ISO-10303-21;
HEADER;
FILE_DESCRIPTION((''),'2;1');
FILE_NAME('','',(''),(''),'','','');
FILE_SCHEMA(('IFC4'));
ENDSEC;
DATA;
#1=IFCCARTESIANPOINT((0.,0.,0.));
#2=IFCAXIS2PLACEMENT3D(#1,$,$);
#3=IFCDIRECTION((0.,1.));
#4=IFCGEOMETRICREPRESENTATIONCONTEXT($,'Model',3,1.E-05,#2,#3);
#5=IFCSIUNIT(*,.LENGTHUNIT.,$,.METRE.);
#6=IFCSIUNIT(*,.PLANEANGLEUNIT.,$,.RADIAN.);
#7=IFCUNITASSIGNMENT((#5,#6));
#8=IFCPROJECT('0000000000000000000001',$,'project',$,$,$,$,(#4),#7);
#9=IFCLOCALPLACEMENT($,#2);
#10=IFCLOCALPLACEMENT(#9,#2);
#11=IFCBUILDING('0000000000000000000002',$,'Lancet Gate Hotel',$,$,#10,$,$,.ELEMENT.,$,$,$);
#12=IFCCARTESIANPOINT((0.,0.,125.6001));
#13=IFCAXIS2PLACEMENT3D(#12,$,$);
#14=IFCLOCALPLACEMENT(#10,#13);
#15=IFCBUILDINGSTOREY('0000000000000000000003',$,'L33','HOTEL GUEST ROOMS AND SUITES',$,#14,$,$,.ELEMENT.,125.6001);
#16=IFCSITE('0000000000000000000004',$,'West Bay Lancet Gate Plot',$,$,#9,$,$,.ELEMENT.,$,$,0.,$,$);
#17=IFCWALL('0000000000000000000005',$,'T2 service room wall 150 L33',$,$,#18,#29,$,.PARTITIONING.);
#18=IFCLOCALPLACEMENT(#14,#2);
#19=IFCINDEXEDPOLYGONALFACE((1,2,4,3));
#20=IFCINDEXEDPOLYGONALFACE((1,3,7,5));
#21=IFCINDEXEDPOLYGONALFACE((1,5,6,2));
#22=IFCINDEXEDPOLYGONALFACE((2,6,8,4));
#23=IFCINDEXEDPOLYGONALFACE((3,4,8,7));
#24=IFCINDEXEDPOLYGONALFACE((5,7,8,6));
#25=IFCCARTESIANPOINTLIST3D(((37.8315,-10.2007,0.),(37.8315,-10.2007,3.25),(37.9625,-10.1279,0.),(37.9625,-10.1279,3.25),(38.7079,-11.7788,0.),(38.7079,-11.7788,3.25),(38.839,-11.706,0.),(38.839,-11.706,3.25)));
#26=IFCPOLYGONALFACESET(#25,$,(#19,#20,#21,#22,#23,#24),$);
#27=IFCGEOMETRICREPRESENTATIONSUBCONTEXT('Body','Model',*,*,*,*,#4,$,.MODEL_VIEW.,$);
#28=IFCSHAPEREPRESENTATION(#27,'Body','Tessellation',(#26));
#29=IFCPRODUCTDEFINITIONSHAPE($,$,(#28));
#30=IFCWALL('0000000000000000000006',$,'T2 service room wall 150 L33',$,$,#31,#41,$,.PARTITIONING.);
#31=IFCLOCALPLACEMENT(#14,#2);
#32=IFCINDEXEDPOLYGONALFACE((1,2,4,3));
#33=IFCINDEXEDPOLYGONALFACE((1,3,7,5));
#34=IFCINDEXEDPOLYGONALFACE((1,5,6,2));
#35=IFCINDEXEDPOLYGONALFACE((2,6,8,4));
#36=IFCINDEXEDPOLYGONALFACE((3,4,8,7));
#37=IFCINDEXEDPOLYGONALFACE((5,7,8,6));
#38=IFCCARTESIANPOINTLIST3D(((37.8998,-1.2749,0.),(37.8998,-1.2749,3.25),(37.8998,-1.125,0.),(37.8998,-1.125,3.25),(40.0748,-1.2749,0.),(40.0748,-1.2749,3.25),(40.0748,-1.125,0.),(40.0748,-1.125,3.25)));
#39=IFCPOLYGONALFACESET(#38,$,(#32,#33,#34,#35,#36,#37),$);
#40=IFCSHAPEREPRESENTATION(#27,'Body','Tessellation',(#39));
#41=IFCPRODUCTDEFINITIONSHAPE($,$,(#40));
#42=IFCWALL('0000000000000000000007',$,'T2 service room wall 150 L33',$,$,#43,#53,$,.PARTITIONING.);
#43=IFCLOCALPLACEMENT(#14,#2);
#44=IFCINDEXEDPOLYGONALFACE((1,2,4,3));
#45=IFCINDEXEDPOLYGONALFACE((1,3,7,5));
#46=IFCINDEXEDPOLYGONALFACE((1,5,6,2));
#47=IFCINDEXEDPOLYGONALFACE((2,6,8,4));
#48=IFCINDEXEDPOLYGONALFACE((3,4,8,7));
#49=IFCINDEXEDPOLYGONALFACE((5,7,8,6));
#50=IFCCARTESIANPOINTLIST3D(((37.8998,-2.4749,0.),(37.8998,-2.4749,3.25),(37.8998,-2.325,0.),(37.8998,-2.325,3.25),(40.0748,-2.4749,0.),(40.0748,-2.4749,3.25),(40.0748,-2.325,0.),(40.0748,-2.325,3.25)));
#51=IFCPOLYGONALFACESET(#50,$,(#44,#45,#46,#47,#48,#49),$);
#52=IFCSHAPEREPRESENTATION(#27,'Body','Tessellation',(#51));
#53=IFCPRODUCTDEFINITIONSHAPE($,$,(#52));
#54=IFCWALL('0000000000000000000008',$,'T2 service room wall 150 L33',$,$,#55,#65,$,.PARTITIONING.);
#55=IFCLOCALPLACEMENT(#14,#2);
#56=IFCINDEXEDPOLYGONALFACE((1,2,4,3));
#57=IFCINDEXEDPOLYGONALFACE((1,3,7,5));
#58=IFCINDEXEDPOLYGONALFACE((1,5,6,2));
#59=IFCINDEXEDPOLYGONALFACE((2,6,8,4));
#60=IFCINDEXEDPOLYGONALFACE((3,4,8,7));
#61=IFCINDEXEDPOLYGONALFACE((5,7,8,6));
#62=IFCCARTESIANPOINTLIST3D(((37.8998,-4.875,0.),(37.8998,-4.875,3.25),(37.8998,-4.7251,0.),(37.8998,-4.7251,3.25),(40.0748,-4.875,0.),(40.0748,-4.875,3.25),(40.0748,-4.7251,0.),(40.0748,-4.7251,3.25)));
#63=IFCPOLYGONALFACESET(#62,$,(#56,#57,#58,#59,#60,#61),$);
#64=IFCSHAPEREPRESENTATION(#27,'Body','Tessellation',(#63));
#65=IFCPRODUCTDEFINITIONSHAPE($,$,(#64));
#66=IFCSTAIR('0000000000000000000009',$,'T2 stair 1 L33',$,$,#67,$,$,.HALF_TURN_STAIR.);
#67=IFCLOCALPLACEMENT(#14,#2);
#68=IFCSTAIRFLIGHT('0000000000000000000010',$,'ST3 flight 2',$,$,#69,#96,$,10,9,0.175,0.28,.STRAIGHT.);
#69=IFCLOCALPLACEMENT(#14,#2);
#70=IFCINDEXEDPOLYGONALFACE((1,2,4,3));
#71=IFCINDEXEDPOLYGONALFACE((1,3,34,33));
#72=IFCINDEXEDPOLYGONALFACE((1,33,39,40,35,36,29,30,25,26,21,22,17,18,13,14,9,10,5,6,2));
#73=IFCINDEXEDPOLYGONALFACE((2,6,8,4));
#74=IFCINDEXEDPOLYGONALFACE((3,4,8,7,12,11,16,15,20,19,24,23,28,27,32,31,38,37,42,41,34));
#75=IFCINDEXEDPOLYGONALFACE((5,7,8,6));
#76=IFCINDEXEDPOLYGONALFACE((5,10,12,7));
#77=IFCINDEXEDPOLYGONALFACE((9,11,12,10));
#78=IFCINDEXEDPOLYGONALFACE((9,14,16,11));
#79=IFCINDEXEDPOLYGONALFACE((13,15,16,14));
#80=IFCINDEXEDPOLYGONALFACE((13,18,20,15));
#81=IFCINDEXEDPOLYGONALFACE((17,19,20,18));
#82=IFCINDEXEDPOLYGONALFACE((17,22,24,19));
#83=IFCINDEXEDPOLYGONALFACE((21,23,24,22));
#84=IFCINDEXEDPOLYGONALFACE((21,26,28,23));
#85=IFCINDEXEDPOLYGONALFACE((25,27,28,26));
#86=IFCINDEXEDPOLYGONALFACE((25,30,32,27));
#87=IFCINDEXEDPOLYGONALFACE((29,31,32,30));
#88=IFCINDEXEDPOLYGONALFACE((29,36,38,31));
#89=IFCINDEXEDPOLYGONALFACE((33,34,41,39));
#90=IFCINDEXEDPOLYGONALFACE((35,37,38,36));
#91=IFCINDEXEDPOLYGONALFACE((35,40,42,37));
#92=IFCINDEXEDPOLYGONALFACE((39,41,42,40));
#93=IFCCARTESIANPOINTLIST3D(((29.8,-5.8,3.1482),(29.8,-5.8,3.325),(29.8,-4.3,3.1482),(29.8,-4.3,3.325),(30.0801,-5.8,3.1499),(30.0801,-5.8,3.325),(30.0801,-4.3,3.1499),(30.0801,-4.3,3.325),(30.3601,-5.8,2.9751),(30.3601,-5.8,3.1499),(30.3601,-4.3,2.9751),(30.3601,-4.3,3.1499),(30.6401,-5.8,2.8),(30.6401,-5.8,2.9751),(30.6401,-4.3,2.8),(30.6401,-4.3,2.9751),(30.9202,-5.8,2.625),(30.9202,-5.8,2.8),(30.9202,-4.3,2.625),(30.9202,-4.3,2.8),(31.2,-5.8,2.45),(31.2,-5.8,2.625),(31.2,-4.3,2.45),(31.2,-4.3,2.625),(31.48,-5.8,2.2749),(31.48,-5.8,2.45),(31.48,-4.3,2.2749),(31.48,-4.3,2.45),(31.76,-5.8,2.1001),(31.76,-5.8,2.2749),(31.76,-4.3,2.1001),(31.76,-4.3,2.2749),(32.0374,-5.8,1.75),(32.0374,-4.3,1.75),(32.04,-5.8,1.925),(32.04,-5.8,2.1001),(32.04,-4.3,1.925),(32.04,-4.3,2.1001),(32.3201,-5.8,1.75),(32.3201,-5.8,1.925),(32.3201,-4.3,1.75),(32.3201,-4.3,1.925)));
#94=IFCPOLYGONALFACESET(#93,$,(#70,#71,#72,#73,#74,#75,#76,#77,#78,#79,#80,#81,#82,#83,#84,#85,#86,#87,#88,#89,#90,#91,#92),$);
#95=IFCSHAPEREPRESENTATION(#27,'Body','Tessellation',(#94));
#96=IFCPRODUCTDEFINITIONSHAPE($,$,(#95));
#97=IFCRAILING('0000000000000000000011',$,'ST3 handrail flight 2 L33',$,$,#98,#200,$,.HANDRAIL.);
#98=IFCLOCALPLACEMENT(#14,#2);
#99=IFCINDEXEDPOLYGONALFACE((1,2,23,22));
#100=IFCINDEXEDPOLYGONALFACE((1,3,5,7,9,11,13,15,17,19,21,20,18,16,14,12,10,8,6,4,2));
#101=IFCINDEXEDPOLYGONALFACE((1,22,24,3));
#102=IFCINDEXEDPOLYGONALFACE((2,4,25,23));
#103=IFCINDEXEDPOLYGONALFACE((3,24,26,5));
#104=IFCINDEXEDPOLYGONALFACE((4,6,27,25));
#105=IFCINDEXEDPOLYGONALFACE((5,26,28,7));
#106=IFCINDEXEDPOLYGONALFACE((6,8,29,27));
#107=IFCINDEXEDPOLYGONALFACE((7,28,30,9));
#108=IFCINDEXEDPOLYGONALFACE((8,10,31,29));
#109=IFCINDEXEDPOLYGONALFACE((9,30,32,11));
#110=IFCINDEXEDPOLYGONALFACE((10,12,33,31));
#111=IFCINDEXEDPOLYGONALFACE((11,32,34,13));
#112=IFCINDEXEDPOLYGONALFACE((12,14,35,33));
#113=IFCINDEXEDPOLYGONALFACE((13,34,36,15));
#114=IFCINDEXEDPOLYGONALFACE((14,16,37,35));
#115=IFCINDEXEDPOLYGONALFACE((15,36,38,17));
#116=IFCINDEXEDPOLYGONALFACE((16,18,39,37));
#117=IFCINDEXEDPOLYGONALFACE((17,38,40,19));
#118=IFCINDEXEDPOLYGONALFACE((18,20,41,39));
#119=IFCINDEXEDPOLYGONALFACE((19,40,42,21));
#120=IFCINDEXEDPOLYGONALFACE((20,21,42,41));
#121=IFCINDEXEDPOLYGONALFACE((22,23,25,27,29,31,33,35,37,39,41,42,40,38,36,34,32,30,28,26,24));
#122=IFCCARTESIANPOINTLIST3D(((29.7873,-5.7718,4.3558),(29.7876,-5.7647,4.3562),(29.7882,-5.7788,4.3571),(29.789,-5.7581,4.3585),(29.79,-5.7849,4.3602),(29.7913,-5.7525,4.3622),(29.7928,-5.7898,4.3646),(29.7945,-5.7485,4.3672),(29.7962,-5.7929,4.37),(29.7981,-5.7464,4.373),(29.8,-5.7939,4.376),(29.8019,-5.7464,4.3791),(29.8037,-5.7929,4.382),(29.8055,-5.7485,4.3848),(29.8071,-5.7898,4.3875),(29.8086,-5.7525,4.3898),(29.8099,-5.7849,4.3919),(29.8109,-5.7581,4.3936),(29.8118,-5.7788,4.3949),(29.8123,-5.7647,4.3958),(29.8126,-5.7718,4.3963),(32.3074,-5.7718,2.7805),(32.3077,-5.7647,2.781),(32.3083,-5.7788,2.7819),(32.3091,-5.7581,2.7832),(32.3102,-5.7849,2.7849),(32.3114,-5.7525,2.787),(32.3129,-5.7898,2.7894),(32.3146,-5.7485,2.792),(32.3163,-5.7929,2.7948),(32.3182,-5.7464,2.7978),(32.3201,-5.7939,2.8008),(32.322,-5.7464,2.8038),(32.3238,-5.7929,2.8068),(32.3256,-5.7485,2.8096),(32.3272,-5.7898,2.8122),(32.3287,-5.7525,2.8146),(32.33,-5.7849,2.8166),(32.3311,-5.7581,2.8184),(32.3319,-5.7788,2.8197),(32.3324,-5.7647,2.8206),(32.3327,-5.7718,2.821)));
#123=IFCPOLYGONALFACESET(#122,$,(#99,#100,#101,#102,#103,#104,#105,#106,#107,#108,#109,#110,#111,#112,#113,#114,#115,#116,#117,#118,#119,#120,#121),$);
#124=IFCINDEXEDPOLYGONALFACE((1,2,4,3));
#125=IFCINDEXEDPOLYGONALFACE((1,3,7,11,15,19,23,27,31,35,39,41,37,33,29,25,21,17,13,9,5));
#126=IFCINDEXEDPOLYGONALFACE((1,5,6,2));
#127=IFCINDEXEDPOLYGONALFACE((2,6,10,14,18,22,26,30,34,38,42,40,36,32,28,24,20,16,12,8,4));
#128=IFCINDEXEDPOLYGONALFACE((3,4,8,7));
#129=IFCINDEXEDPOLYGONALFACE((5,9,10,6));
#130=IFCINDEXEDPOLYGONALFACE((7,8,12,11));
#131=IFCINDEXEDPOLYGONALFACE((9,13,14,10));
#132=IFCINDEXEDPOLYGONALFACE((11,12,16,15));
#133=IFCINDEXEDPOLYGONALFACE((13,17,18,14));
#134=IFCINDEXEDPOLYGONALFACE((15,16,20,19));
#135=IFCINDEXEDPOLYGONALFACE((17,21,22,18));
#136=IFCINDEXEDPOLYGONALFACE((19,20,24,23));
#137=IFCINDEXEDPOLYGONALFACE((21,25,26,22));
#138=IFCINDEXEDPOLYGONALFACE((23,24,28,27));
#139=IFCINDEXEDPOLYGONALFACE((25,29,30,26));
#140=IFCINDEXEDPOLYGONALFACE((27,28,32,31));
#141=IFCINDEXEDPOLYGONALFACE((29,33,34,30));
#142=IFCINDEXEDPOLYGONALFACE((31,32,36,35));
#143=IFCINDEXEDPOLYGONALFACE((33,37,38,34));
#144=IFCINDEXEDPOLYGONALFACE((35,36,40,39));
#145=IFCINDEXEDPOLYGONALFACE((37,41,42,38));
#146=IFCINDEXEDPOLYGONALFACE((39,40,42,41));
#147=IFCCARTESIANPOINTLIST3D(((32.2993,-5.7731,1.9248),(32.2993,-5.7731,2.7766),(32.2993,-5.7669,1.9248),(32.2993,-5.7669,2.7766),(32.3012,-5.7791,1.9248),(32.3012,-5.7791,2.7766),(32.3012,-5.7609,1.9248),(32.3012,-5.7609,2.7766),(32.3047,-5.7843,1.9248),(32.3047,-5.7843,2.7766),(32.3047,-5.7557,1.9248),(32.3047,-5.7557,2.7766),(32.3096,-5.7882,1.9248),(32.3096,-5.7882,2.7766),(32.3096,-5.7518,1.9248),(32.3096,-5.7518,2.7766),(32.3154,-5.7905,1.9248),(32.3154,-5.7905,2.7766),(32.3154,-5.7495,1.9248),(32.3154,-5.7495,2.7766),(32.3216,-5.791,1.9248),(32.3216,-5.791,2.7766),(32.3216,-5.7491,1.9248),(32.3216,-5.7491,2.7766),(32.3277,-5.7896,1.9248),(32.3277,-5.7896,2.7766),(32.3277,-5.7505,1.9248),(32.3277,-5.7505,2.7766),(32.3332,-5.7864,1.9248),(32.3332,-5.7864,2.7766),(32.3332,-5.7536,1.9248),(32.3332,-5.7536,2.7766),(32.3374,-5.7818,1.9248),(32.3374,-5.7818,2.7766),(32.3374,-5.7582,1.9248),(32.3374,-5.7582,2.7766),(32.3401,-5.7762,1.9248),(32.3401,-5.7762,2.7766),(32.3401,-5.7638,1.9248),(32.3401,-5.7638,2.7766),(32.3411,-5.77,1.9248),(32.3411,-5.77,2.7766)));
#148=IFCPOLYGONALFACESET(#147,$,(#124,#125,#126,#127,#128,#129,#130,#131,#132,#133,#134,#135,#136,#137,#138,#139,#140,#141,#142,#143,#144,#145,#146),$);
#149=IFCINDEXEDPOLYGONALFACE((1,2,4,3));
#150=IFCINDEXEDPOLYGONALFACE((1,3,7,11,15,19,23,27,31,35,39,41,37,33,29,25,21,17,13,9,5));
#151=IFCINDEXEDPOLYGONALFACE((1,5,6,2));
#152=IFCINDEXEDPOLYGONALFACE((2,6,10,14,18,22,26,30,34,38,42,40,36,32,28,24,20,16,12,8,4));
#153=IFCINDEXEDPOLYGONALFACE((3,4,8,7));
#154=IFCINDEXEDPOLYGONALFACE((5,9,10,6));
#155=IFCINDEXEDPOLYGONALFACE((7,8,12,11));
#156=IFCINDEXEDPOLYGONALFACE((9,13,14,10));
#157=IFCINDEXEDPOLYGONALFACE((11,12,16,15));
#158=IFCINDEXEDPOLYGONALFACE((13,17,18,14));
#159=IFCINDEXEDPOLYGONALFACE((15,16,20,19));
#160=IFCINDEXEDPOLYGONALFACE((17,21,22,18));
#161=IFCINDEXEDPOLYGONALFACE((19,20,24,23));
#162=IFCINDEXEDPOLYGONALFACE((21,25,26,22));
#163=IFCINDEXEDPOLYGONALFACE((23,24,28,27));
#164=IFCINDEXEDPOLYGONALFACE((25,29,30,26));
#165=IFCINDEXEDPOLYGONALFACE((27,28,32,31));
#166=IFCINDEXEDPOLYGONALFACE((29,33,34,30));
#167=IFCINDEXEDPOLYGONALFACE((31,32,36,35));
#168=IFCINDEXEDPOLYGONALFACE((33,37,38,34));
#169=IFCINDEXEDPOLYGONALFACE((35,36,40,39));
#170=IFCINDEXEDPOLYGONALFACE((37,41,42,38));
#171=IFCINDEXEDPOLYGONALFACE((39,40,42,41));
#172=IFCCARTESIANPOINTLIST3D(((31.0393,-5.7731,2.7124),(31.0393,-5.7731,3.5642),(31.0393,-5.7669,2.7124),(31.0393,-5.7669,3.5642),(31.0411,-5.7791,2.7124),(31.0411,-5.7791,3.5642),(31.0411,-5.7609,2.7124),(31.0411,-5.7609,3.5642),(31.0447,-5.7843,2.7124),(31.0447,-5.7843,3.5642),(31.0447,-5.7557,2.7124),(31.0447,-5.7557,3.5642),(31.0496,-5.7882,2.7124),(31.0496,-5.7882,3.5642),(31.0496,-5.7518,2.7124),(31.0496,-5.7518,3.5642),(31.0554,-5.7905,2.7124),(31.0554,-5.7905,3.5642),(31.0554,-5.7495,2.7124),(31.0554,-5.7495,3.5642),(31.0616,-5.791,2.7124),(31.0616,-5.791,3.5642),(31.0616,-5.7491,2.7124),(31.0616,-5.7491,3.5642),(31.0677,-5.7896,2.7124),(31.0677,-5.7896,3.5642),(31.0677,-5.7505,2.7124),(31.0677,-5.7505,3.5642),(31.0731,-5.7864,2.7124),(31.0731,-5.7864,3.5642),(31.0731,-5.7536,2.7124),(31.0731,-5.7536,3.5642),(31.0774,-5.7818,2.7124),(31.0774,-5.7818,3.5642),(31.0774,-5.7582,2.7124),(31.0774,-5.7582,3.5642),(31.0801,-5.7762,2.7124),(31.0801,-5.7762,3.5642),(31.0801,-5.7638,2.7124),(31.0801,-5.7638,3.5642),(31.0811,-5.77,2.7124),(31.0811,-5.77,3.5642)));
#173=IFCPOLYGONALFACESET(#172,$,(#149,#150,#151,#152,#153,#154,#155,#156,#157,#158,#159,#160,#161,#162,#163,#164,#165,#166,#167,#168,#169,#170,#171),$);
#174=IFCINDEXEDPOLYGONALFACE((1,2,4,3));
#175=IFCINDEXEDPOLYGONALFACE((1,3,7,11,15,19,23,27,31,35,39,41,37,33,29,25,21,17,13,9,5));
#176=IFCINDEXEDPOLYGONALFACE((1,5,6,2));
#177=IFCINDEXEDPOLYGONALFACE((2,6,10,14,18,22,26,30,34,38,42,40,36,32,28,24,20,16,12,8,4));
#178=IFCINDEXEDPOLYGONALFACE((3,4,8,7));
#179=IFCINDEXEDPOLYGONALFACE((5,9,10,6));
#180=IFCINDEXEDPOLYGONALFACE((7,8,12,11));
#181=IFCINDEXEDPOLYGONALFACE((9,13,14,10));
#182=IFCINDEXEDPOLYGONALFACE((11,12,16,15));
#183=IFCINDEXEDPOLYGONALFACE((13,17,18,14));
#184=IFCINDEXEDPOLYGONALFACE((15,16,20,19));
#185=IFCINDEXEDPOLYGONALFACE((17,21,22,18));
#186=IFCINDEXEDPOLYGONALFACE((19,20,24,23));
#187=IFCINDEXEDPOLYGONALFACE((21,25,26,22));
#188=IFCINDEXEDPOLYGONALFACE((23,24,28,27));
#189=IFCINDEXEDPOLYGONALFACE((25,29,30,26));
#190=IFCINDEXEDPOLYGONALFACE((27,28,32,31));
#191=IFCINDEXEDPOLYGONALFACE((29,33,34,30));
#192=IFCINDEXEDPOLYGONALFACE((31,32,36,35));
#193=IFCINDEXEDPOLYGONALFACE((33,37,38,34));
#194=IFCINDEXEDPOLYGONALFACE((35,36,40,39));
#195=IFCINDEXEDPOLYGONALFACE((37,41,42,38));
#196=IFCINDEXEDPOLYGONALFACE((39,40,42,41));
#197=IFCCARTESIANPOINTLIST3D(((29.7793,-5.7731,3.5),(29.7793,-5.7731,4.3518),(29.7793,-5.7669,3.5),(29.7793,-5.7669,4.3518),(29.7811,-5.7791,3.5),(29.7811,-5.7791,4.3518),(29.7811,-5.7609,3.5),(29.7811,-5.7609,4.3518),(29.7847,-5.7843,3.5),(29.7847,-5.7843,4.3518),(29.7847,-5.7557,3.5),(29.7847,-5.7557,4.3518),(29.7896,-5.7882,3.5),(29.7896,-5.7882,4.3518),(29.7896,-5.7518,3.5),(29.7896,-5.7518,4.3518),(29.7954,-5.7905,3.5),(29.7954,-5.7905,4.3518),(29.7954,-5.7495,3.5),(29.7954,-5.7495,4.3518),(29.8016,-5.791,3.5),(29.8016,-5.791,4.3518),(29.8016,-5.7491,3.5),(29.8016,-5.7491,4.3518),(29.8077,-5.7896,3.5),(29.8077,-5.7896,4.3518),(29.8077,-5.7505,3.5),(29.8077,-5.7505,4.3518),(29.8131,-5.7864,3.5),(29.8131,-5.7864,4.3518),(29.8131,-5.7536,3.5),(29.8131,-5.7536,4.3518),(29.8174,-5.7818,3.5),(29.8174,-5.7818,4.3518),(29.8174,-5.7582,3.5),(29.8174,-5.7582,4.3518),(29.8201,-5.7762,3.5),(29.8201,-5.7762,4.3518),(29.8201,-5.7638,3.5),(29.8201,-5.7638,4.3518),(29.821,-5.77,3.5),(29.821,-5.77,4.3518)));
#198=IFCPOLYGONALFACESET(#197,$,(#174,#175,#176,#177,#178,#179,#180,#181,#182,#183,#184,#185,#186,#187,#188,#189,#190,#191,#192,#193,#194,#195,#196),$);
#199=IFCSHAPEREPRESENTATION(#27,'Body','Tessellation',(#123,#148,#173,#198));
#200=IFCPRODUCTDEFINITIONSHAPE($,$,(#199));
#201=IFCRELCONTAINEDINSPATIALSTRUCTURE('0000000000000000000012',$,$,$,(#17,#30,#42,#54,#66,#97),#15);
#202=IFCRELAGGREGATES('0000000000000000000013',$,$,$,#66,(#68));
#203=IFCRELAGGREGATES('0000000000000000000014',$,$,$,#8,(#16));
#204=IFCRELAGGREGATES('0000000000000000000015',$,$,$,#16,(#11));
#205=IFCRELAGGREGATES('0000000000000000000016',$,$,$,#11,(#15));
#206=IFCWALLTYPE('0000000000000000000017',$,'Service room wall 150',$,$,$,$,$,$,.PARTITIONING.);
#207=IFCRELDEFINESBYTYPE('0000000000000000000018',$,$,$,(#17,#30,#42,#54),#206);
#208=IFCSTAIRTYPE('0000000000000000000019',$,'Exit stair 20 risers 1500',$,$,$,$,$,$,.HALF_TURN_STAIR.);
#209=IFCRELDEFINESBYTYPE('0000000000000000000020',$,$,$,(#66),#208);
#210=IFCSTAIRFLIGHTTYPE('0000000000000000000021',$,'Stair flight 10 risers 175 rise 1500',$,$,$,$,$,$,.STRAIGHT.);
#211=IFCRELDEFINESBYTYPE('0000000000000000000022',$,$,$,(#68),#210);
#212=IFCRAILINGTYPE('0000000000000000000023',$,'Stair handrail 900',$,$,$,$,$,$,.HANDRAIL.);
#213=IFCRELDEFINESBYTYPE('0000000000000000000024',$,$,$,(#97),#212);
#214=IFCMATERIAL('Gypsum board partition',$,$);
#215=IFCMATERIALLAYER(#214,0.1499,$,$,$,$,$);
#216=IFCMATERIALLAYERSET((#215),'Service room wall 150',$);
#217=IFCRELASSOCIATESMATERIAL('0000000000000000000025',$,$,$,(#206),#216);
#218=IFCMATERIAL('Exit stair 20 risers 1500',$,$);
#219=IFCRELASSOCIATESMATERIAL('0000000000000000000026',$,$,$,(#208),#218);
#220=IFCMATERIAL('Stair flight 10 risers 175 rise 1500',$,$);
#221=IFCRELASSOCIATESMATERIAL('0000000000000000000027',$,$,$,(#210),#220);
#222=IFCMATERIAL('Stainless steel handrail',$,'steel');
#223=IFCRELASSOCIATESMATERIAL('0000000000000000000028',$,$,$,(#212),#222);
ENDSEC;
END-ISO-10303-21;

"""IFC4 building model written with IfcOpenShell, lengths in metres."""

from ifc_helpers import new_model, si_unit, direction, frame, frame_2d, origin, origin_2d, place, context, subcontext, project, spatial, polyline, rectangle, circle, outline, extrude, material, layer, layer_set, type_object, element, aggregate, save


model = new_model("IFC4")

# Units and contexts
model_context = context("Model", 3, precision=1e-05, world=origin(), true_north=direction((0.0, 1.0)))
body_context = subcontext(model_context, "Body", "Model", "MODEL_VIEW")
ifc_project = project(units=[si_unit("LENGTHUNIT", "METRE"), si_unit("PLANEANGLEUNIT", "RADIAN")], contexts=[model_context])

# Site, building, storey
site_placement = place(None, origin())
site = spatial("IfcSite", under=ifc_project, at=site_placement, Name="West Bay Lancet Gate Plot", CompositionType="ELEMENT", RefElevation=0.0)
building_placement = place(site_placement, origin())
building = spatial("IfcBuilding", under=site, at=building_placement, Name="Lancet Gate Hotel", CompositionType="ELEMENT")
storey_placement = place(building_placement, frame((0.0, 0.0, 125.6001)))
storey = spatial("IfcBuildingStorey", under=building, at=storey_placement, Name="L33", Description="HOTEL GUEST ROOMS AND SUITES", CompositionType="ELEMENT", Elevation=125.6001)

# Walls
ifc_material_1 = material(Name="Gypsum board partition")
ifc_layer_1 = layer(ifc_material_1, 0.1499)
ifc_layer_set_1 = layer_set([ifc_layer_1], Name="Service room wall 150")
wall_type_1 = type_object("IfcWallType", Name="Service room wall 150", PredefinedType="PARTITIONING", material=ifc_layer_set_1)
wall_1_placement = place(storey_placement, frame((38.7734, -11.7424, 0.0), z_axis=(0.0, 0.0, 1.0), x_axis=(-0.485528, 0.874221, 0.0)))
element("IfcWall", 1, at=wall_1_placement, inside=storey, type_object=wall_type_1, Name="T2 service room wall 150 L33", PredefinedType="PARTITIONING", context=body_context, shape_type="SweptSolid", body=[
    extrude(rectangle(XDim=1.8052, YDim=0.1499, at=frame_2d((0.9026, 0.0))), origin(), (0.0, 0.0, 1.0), 3.25),
])
for number, where, z_axis, x_axis, name in (
    (2, (37.8999, -1.2, 0.0), (0.0, 0.0, 1.0), (1.0, 0.0, 0.0), "T2 service room wall 150 L33"),
    (3, (37.8999, -2.3999, 0.0), (0.0, 0.0, 1.0), (1.0, 0.0, 0.0), "T2 service room wall 150 L33"),
    (4, (37.8999, -4.8, 0.0), (0.0, 0.0, 1.0), (1.0, 0.0, 0.0), "T2 service room wall 150 L33"),
):
    element("IfcWall", number, at=place(storey_placement, frame(where, z_axis=z_axis, x_axis=x_axis)), inside=storey, type_object=wall_type_1, Name=name, PredefinedType="PARTITIONING", context=body_context, shape_type="SweptSolid", body=[
        extrude(rectangle(XDim=2.175, YDim=0.1499, at=frame_2d((1.0874, 0.0))), origin(), (0.0, 0.0, 1.0), 3.25),
    ])

# Stair, stair flight
ifc_material_2 = material(Name="Exit stair 20 risers 1500")
stair_type = type_object("IfcStairType", Name="Exit stair 20 risers 1500", PredefinedType="HALF_TURN_STAIR", material=ifc_material_2)
stair_placement = place(storey_placement, origin())
stair = element("IfcStair", 5, at=stair_placement, inside=storey, type_object=stair_type, Name="T2 stair 1 L33", PredefinedType="HALF_TURN_STAIR")
ifc_material_3 = material(Name="Stair flight 10 risers 175 rise 1500")
stair_flight_type = type_object("IfcStairFlightType", Name="Stair flight 10 risers 175 rise 1500", PredefinedType="STRAIGHT", material=ifc_material_3)
stair_flight_placement = place(storey_placement, frame((32.3201, -5.05, 1.75), z_axis=(0.0, 0.0, 1.0), x_axis=(-1.0, 0.0, 0.0)))
stair_flight = element("IfcStairFlight", 6, at=stair_flight_placement, type_object=stair_flight_type, Name="ST3 flight 2", NumberOfRisers=10, NumberOfTreads=9, PredefinedType="STRAIGHT", RiserHeight=0.175, TreadLength=0.28, context=body_context, shape_type="SweptSolid", body=[
    extrude(outline(polyline([(0.0, 0.0), (0.0, 0.175), (0.28, 0.175), (0.28, 0.3501), (0.5601, 0.3501), (0.5601, 0.5249), (0.8401, 0.5249), (0.8401, 0.7), (1.1201, 0.7), (1.1201, 0.875), (1.3999, 0.875), (1.3999, 1.05), (1.6799, 1.05), (1.6799, 1.2251), (1.96, 1.2251), (1.96, 1.3999), (2.24, 1.3999), (2.24, 1.575), (2.52, 1.575), (2.52, 1.75), (2.52, 1.3982), (0.2827, 0.0), (0.0, 0.0)])), frame((0.0, 0.75, 0.0), z_axis=(0.0, -1.0, 0.0), x_axis=(1.0, 0.0, 0.0)), (0.0, 0.0, 1.0), 1.5),
])
aggregate(stair, [stair_flight])

# Railing
ifc_material_4 = material(Name="Stainless steel handrail", Category="steel")
railing_type = type_object("IfcRailingType", Name="Stair handrail 900", PredefinedType="HANDRAIL", material=ifc_material_4)
railing_placement = place(storey_placement, frame((32.3201, -5.77, 1.9248)))
element("IfcRailing", 7, at=railing_placement, inside=storey, type_object=railing_type, Name="ST3 handrail flight 2 L33", PredefinedType="HANDRAIL", context=body_context, shape_type="SweptSolid", body=[
    extrude(circle(Radius=0.0239, at=origin_2d()), frame((0.0, 0.0, 0.876), z_axis=(-0.847971, 0.0, 0.530043), x_axis=(0.0, -1.0, 0.0)), (0.0, 0.0, 1.0), 2.9719),
    extrude(circle(Radius=0.021, at=origin_2d()), origin(), (0.0, 0.0, 1.0), 0.8518),
    extrude(circle(Radius=0.021, at=origin_2d()), frame((-1.26, 0.0, 0.7876)), (0.0, 0.0, 1.0), 0.8518),
    extrude(circle(Radius=0.021, at=origin_2d()), frame((-2.52, 0.0, 1.5752)), (0.0, 0.0, 1.0), 0.8518),
])

save(model, "model.ifc")
